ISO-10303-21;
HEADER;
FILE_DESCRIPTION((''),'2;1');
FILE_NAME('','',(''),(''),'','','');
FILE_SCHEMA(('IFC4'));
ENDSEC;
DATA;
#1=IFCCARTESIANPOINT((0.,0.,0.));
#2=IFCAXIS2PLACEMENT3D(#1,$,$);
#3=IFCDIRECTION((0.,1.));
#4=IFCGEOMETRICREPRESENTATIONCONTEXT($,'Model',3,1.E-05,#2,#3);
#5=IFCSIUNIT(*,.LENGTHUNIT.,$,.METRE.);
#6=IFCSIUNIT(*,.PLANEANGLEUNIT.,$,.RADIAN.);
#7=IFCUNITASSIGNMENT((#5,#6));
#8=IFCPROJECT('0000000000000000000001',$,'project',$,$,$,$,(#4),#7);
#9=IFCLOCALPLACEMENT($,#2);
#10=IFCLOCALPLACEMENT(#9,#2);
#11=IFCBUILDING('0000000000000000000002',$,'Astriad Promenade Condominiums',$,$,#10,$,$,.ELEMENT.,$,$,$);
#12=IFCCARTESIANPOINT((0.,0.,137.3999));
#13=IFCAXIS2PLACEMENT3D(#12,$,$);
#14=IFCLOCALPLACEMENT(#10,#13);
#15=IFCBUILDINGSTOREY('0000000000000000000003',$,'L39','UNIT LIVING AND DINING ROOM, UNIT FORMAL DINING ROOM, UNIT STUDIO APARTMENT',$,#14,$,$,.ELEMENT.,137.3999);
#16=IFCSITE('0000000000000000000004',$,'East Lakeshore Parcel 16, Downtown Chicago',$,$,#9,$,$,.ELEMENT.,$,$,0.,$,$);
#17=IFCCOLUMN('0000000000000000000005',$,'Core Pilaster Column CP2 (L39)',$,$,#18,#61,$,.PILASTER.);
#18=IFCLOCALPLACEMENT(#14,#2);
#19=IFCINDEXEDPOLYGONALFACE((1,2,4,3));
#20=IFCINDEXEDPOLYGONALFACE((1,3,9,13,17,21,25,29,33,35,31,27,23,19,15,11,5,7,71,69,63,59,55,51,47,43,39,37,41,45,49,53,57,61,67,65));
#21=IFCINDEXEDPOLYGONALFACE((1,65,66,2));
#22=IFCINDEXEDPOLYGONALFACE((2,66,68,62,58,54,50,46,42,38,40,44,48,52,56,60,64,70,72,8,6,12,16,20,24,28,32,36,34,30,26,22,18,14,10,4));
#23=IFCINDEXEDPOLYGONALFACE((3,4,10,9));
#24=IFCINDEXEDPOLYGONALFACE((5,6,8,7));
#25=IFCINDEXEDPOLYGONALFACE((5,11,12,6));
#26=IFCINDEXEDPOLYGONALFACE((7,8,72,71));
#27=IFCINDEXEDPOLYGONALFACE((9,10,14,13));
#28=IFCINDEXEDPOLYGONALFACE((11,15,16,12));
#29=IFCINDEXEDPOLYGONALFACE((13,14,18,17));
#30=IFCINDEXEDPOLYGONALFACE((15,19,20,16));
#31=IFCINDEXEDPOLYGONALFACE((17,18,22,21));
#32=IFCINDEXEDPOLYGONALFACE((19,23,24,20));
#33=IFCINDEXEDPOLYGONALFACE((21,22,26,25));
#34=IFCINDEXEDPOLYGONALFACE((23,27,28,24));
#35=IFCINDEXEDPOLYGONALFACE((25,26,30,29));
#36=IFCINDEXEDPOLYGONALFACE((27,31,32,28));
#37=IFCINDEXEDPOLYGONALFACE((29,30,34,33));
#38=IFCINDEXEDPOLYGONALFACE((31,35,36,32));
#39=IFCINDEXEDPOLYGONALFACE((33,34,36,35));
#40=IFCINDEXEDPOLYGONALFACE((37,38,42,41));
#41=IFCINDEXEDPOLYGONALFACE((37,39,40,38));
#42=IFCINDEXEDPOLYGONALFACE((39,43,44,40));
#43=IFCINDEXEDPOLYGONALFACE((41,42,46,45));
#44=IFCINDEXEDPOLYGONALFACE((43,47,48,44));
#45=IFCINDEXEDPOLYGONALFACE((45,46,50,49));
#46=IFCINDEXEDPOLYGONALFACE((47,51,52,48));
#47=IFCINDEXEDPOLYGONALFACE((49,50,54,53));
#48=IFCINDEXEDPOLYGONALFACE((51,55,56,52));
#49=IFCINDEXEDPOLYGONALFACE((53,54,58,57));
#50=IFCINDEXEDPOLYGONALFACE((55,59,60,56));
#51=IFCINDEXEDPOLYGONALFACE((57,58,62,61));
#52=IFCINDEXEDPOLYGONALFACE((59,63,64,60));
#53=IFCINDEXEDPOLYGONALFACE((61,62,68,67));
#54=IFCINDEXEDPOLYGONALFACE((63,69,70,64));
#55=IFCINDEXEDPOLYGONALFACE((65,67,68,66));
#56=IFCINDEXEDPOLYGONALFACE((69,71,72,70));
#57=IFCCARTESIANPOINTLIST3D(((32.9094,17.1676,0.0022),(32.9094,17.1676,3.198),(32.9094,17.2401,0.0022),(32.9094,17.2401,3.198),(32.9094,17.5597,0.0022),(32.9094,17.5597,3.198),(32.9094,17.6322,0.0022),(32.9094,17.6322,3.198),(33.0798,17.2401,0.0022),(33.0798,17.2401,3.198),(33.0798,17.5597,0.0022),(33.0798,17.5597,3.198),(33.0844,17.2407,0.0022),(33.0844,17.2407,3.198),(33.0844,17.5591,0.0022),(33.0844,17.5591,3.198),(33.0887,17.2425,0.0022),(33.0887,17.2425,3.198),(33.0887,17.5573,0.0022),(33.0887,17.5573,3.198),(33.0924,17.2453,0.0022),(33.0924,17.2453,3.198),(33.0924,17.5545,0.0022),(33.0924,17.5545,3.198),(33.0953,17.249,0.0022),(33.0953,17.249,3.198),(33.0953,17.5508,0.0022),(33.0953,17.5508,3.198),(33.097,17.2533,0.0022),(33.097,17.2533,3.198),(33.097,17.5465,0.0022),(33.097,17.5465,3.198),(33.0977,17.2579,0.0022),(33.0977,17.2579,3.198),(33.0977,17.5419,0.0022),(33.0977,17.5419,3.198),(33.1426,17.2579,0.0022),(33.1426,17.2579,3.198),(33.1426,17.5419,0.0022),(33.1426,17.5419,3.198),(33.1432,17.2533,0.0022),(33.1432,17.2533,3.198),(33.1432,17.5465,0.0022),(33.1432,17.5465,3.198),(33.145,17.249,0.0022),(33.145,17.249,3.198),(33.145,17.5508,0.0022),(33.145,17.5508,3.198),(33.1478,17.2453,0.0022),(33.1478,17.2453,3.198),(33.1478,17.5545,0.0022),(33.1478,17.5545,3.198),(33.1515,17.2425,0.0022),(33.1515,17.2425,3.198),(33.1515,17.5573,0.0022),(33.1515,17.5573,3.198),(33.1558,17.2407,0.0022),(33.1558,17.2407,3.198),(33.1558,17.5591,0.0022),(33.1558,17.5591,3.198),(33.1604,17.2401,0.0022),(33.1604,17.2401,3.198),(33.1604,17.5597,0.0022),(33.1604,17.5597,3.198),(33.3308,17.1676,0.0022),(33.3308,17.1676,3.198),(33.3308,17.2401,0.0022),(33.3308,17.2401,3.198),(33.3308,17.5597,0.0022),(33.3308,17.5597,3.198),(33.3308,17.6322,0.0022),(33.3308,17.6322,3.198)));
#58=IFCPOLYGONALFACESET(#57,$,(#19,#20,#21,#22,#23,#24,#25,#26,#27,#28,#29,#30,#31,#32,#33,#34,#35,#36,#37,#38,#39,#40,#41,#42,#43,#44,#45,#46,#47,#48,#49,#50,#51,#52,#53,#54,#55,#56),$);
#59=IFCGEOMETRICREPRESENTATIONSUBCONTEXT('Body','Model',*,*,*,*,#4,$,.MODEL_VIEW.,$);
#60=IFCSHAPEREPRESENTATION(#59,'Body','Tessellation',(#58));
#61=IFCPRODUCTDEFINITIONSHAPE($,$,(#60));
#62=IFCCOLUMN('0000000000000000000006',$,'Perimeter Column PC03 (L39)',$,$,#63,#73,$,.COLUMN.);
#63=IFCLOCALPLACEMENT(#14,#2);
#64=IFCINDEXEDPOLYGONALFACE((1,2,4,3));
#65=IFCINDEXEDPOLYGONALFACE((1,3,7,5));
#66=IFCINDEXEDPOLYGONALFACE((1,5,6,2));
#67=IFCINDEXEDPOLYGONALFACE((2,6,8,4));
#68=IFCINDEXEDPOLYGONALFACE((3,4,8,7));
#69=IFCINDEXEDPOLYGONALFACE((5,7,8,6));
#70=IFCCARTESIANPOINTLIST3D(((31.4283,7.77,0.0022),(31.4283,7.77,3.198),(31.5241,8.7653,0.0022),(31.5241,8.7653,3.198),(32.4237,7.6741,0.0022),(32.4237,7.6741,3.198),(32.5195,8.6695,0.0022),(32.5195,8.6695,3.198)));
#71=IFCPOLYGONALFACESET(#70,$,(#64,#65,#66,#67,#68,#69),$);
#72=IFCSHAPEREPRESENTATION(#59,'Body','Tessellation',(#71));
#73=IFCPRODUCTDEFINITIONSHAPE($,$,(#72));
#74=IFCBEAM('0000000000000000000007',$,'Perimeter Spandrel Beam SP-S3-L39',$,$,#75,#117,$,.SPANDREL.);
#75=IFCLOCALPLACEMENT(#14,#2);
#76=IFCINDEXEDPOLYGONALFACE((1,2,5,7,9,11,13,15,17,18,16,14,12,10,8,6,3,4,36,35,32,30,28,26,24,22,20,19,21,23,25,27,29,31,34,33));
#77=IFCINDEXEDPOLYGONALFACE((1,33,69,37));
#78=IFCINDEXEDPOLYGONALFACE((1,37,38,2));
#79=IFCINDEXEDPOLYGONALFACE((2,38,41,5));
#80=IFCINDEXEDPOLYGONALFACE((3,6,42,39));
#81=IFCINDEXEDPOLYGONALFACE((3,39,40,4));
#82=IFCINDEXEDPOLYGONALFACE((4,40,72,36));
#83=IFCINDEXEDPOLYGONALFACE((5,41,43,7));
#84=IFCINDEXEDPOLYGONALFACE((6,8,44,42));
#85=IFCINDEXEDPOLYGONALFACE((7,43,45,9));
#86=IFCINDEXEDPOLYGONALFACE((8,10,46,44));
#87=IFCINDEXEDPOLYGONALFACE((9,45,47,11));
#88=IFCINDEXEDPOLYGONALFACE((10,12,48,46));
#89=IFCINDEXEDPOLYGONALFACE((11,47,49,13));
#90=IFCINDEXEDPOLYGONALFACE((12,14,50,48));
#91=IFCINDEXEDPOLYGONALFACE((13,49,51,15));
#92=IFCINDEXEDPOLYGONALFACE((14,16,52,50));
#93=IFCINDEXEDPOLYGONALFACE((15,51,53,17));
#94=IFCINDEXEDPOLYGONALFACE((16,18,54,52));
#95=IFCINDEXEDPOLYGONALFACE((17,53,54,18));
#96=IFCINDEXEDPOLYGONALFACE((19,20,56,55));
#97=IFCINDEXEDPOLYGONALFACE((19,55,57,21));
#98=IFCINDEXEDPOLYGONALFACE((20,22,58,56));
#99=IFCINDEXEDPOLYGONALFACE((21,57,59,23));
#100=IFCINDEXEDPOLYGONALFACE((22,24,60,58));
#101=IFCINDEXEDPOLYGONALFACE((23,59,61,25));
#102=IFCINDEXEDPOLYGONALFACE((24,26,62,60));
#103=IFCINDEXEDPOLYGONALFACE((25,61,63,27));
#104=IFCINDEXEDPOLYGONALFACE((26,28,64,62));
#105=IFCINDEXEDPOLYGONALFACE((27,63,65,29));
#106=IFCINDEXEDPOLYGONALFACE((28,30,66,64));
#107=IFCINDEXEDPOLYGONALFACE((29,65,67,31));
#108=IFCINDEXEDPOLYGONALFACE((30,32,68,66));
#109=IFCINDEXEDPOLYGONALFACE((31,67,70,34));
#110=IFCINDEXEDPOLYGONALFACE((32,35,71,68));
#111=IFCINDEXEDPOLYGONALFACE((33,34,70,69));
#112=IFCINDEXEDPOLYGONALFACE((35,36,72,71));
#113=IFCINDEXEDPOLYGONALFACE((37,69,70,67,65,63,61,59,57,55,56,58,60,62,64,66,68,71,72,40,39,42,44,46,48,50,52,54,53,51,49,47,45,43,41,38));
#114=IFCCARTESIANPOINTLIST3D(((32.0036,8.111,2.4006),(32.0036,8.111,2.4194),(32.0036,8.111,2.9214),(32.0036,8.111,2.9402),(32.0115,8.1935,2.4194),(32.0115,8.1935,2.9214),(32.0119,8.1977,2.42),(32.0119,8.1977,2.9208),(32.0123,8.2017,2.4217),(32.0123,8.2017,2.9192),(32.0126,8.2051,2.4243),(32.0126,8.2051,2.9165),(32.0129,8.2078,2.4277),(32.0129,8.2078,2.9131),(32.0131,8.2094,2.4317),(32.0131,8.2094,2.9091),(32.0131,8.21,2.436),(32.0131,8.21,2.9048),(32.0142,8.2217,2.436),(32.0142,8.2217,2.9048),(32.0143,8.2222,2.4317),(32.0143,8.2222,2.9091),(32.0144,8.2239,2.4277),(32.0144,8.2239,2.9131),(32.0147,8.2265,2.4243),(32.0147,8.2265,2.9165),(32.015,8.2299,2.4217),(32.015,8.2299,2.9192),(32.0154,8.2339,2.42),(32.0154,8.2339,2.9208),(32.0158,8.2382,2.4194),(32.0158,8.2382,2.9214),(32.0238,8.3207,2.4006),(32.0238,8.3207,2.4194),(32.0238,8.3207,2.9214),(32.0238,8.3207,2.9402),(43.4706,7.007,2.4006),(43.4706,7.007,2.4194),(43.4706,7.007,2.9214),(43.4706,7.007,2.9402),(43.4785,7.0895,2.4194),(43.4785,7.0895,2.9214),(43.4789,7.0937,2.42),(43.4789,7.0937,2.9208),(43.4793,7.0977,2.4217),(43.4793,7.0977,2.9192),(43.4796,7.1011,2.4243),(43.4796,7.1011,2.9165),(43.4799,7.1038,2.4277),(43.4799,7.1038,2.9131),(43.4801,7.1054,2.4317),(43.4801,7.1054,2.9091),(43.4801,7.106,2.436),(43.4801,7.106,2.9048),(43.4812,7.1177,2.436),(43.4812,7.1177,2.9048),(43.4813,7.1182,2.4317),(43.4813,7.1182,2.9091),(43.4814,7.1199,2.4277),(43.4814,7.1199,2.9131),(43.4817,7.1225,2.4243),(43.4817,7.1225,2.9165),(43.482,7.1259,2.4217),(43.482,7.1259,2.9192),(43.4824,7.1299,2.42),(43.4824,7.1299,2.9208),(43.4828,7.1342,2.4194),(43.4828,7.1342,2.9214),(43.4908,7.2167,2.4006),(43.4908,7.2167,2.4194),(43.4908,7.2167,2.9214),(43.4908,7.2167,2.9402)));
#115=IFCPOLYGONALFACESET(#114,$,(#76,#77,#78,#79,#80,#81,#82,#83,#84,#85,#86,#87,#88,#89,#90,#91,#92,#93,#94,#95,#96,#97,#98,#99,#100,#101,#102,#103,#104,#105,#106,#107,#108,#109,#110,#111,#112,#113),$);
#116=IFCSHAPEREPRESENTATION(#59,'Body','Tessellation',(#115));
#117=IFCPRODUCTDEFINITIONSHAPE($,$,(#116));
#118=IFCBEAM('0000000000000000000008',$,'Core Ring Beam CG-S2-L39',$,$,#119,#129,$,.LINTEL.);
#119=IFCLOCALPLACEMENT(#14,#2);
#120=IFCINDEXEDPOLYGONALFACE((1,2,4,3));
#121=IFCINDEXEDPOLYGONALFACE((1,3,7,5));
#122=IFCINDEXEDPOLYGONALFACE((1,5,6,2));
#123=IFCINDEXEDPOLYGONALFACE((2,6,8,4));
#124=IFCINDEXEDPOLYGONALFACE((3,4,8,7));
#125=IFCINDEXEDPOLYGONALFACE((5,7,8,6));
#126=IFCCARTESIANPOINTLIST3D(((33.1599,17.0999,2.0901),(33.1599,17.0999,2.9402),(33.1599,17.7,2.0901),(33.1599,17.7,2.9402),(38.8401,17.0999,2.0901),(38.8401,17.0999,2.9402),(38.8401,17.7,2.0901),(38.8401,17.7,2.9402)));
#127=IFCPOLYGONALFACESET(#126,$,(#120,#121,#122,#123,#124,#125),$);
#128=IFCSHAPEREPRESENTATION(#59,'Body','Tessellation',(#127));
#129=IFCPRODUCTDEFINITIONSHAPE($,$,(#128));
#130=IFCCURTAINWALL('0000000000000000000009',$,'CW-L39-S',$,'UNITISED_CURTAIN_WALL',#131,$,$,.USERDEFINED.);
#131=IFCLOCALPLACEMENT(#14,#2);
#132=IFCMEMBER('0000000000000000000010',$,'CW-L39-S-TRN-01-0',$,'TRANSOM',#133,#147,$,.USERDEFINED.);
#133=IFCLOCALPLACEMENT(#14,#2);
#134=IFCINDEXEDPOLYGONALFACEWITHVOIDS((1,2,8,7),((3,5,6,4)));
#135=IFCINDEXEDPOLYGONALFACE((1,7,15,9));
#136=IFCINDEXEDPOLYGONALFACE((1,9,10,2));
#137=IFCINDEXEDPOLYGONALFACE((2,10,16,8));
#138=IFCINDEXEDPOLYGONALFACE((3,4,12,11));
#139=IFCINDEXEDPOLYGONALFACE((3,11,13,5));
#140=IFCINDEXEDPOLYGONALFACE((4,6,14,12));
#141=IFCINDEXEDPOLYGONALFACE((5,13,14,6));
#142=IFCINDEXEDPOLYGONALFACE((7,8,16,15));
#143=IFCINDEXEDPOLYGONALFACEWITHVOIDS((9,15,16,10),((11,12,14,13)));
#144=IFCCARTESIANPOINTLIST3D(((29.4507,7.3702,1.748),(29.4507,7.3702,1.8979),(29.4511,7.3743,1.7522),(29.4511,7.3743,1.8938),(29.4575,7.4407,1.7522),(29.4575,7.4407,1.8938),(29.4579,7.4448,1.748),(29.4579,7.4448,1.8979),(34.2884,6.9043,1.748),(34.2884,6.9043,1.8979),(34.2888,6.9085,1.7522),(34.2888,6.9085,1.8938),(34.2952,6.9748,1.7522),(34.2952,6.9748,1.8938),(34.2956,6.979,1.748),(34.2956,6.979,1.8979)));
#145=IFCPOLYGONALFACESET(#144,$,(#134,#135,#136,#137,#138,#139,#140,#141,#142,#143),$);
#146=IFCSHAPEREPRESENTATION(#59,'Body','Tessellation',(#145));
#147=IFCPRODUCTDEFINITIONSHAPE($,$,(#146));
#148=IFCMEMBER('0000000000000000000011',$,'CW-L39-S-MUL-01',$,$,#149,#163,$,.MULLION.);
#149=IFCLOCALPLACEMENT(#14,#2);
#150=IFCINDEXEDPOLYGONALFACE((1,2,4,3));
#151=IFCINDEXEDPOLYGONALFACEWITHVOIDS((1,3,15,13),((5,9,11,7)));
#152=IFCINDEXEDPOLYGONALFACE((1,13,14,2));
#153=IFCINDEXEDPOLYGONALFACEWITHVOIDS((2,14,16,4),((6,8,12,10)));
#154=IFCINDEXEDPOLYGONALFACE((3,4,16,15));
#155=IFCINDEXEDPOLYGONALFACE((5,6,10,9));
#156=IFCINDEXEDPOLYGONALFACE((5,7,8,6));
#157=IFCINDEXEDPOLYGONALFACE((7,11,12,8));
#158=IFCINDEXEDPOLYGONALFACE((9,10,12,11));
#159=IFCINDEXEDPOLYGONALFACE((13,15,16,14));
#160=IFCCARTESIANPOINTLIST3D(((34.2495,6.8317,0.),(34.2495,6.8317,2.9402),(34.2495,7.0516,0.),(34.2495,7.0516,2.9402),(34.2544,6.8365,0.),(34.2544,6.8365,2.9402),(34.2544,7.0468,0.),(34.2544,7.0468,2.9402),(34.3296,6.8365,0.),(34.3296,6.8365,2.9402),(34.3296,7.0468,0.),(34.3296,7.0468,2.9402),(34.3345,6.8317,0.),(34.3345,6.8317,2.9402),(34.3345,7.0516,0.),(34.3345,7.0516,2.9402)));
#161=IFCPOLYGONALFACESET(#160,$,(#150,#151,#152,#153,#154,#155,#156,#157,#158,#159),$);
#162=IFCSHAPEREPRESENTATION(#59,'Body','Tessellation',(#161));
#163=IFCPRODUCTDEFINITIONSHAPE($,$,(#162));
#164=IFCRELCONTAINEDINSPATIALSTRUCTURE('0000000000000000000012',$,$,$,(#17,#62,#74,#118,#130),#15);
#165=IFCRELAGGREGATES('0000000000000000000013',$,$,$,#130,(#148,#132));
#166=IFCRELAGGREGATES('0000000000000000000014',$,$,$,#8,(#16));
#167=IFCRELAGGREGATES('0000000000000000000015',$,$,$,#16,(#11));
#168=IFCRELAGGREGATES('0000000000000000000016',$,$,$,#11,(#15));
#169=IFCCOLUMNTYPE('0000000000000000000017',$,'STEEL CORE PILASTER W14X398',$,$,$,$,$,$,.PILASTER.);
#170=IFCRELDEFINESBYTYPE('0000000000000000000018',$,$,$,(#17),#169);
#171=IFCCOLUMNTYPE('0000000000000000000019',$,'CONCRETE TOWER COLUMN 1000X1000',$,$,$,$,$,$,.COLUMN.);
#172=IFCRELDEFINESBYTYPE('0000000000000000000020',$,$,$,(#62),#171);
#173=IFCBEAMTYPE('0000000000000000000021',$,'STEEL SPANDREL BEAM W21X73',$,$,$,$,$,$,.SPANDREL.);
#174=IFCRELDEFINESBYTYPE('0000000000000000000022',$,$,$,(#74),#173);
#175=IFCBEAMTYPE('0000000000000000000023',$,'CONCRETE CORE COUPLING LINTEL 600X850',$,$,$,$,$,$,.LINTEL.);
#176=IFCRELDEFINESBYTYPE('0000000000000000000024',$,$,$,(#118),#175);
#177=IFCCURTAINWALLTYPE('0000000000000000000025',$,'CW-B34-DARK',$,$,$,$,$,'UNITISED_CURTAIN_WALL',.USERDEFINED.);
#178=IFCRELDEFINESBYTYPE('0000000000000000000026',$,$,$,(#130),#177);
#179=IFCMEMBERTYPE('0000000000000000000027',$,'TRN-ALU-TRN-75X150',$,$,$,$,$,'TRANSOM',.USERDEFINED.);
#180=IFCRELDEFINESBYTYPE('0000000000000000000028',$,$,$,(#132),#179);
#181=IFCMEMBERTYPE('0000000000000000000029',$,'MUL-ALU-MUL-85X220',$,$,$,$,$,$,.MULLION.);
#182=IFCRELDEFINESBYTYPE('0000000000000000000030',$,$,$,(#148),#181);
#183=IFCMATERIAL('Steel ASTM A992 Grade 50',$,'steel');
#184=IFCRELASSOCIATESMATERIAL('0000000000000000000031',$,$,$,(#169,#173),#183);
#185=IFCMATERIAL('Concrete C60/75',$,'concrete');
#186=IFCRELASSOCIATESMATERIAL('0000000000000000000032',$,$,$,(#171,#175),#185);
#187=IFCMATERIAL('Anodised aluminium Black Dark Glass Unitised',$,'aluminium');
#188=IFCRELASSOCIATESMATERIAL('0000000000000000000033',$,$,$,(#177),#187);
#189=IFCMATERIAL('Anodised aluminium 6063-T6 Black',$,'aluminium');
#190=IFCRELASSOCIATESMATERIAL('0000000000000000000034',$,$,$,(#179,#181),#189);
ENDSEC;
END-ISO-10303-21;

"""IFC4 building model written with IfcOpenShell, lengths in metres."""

from ifc_helpers import new_model, si_unit, direction, frame, origin, origin_2d, place, context, subcontext, project, spatial, rectangle, hollow_rectangle, i_section, extrude, source, transform, mapped, material, material_profile, profile_set, type_object, type_shapes, element, aggregate, save


model = new_model("IFC4")

# Units and contexts
model_context = context("Model", 3, precision=1e-05, world=origin(), true_north=direction((0.0, 1.0)))
body_context = subcontext(model_context, "Body", "Model", "MODEL_VIEW")
ifc_project = project(units=[si_unit("LENGTHUNIT", "METRE"), si_unit("PLANEANGLEUNIT", "RADIAN")], contexts=[model_context])

# Site, building, storey
site_placement = place(None, origin())
site = spatial("IfcSite", under=ifc_project, at=site_placement, Name="East Lakeshore Parcel 16, Downtown Chicago", CompositionType="ELEMENT", RefElevation=0.0)
building_placement = place(site_placement, origin())
building = spatial("IfcBuilding", under=site, at=building_placement, Name="Astriad Promenade Condominiums", CompositionType="ELEMENT")
storey_placement = place(building_placement, frame((0.0, 0.0, 137.3999)))
storey = spatial("IfcBuildingStorey", under=building, at=storey_placement, Name="L39", Description="UNIT LIVING AND DINING ROOM, UNIT FORMAL DINING ROOM, UNIT STUDIO APARTMENT", CompositionType="ELEMENT", Elevation=137.3999)

# Columns
ifc_material_1 = material(Name="Steel ASTM A992 Grade 50", Category="steel")
ifc_material_profile_1 = material_profile(ifc_material_1, i_section(OverallWidth=0.4214, OverallDepth=0.4646, WebThickness=0.0449, FlangeThickness=0.0725, FilletRadius=0.0178, at=origin_2d()), Name="W14X398")
ifc_profile_set_1 = profile_set([ifc_material_profile_1], Name="Steel ASTM A992 Grade 50")
column_type_1 = type_object("IfcColumnType", Name="STEEL CORE PILASTER W14X398", PredefinedType="PILASTER", material=ifc_profile_set_1)
shared_shape_1 = source(origin(), body_context, "Body", "SweptSolid", [
    extrude(i_section(OverallWidth=0.4214, OverallDepth=0.4646, WebThickness=0.0449, FlangeThickness=0.0725, FilletRadius=0.0178, at=origin_2d()), origin(), (0.0, 0.0, 1.0), 3.1958),
])
type_shapes(column_type_1, [shared_shape_1])
column_1_placement = place(storey_placement, frame((33.1201, 17.3999, 0.0022), z_axis=(0.0, 0.0, 1.0), x_axis=(1.0, 0.0, 0.0)))
element("IfcColumn", 1, at=column_1_placement, inside=storey, type_object=column_type_1, Name="Core Pilaster Column CP2 (L39)", PredefinedType="PILASTER", context=body_context, shape_type="MappedRepresentation", body=[
    mapped(shared_shape_1, transform((0.0, 0.0, 0.0), scale=1.0)),
])
ifc_material_2 = material(Name="Concrete C60/75", Category="concrete")
ifc_material_profile_2 = material_profile(ifc_material_2, rectangle(XDim=1.0, YDim=1.0, at=origin_2d()), Name="RC-COL-1000X1000")
ifc_profile_set_2 = profile_set([ifc_material_profile_2], Name="Concrete C60/75")
column_type_2 = type_object("IfcColumnType", Name="CONCRETE TOWER COLUMN 1000X1000", PredefinedType="COLUMN", material=ifc_profile_set_2)
shared_shape_2 = source(origin(), body_context, "Body", "SweptSolid", [
    extrude(rectangle(XDim=1.0, YDim=1.0, at=origin_2d()), origin(), (0.0, 0.0, 1.0), 3.1958),
])
type_shapes(column_type_2, [shared_shape_2])
column_2_placement = place(storey_placement, frame((31.9739, 8.2197, 0.0022), z_axis=(0.0, 0.0, 1.0), x_axis=(0.995396, -0.095846, 0.0)))
element("IfcColumn", 2, at=column_2_placement, inside=storey, type_object=column_type_2, Name="Perimeter Column PC03 (L39)", PredefinedType="COLUMN", context=body_context, shape_type="MappedRepresentation", body=[
    mapped(shared_shape_2, transform((0.0, 0.0, 0.0), scale=1.0)),
])

# Beams
ifc_material_profile_3 = material_profile(ifc_material_1, i_section(OverallWidth=0.2107, OverallDepth=0.5396, WebThickness=0.0117, FlangeThickness=0.0188, FilletRadius=0.0166, at=origin_2d()), Name="W21X73")
ifc_profile_set_3 = profile_set([ifc_material_profile_3], Name="Steel ASTM A992 Grade 50")
beam_type_1 = type_object("IfcBeamType", Name="STEEL SPANDREL BEAM W21X73", PredefinedType="SPANDREL", material=ifc_profile_set_3)
shared_shape_3 = source(origin(), body_context, "Body", "SweptSolid", [
    extrude(i_section(OverallWidth=0.2107, OverallDepth=0.5396, WebThickness=0.0117, FlangeThickness=0.0188, FilletRadius=0.0166, at=origin_2d()), origin(), (0.0, 0.0, 1.0), 11.52),
])
type_shapes(beam_type_1, [shared_shape_3])
beam_1_placement = place(storey_placement, frame((32.0137, 8.2158, 2.6704), z_axis=(0.995397, -0.095833, 0.0), x_axis=(0.095833, 0.995397, 0.0)))
element("IfcBeam", 3, at=beam_1_placement, inside=storey, type_object=beam_type_1, Name="Perimeter Spandrel Beam SP-S3-L39", PredefinedType="SPANDREL", context=body_context, shape_type="MappedRepresentation", body=[
    mapped(shared_shape_3, transform((0.0, 0.0, 0.0), scale=1.0)),
])
ifc_material_profile_4 = material_profile(ifc_material_2, rectangle(XDim=0.6001, YDim=0.8501, at=origin_2d()), Name="RC-BM-600X850")
ifc_profile_set_4 = profile_set([ifc_material_profile_4], Name="Concrete C60/75")
beam_type_2 = type_object("IfcBeamType", Name="CONCRETE CORE COUPLING LINTEL 600X850", PredefinedType="LINTEL", material=ifc_profile_set_4)
shared_shape_4 = source(origin(), body_context, "Body", "SweptSolid", [
    extrude(rectangle(XDim=0.6001, YDim=0.8501, at=origin_2d()), origin(), (0.0, 0.0, 1.0), 5.6802),
])
type_shapes(beam_type_2, [shared_shape_4])
beam_2_placement = place(storey_placement, frame((33.1599, 17.3999, 2.5151), z_axis=(1.0, 0.0, 0.0), x_axis=(0.0, 1.0, 0.0)))
element("IfcBeam", 4, at=beam_2_placement, inside=storey, type_object=beam_type_2, Name="Core Ring Beam CG-S2-L39", PredefinedType="LINTEL", context=body_context, shape_type="MappedRepresentation", body=[
    mapped(shared_shape_4, transform((0.0, 0.0, 0.0), scale=1.0)),
])

# Curtain wall, members
ifc_material_3 = material(Name="Anodised aluminium Black Dark Glass Unitised", Category="aluminium")
curtain_wall_type = type_object("IfcCurtainWallType", Name="CW-B34-DARK", ElementType="UNITISED_CURTAIN_WALL", PredefinedType="USERDEFINED", material=ifc_material_3)
curtain_wall_placement = place(storey_placement, origin())
curtain_wall = element("IfcCurtainWall", 5, at=curtain_wall_placement, inside=storey, type_object=curtain_wall_type, Name="CW-L39-S", ObjectType="UNITISED_CURTAIN_WALL", PredefinedType="USERDEFINED")
ifc_material_4 = material(Name="Anodised aluminium 6063-T6 Black", Category="aluminium")
ifc_material_profile_5 = material_profile(ifc_material_4, hollow_rectangle(XDim=0.075, YDim=0.1499, WallThickness=0.0042, at=origin_2d()), Name="ALU-TRN-75X150")
ifc_profile_set_5 = profile_set([ifc_material_profile_5], Name="Anodised aluminium 6063-T6 Black")
member_type_1 = type_object("IfcMemberType", Name="TRN-ALU-TRN-75X150", ElementType="TRANSOM", PredefinedType="USERDEFINED", material=ifc_profile_set_5)
shared_shape_5 = source(origin(), body_context, "Body", "SweptSolid", [
    extrude(hollow_rectangle(XDim=0.075, YDim=0.1499, WallThickness=0.0042, at=origin_2d()), origin(), (0.0, 0.0, 1.0), 4.8601),
])
type_shapes(member_type_1, [shared_shape_5])
member_1_placement = place(storey_placement, frame((34.292, 6.9417, 1.823), z_axis=(-0.995396, 0.095847, 0.0), x_axis=(-0.095847, -0.995396, 0.0)))
member_1 = element("IfcMember", 6, at=member_1_placement, type_object=member_type_1, Name="CW-L39-S-TRN-01-0", ObjectType="TRANSOM", PredefinedType="USERDEFINED", context=body_context, shape_type="MappedRepresentation", body=[
    mapped(shared_shape_5, transform((0.0, 0.0, 0.0), scale=1.0)),
])
ifc_material_profile_6 = material_profile(ifc_material_4, hollow_rectangle(XDim=0.085, YDim=0.22, WallThickness=0.0049, at=origin_2d()), Name="ALU-MUL-85X220")
ifc_profile_set_6 = profile_set([ifc_material_profile_6], Name="Anodised aluminium 6063-T6 Black")
member_type_2 = type_object("IfcMemberType", Name="MUL-ALU-MUL-85X220", PredefinedType="MULLION", material=ifc_profile_set_6)
shared_shape_6 = source(origin(), body_context, "Body", "SweptSolid", [
    extrude(hollow_rectangle(XDim=0.085, YDim=0.22, WallThickness=0.0049, at=origin_2d()), origin(), (0.0, 0.0, 1.0), 2.9402),
])
type_shapes(member_type_2, [shared_shape_6])
member_2_placement = place(storey_placement, frame((34.292, 6.9417, 0.0), z_axis=(0.0, 0.0, 1.0), x_axis=(1.0, 0.0, 0.0)))
member_2 = element("IfcMember", 7, at=member_2_placement, type_object=member_type_2, Name="CW-L39-S-MUL-01", PredefinedType="MULLION", context=body_context, shape_type="MappedRepresentation", body=[
    mapped(shared_shape_6, transform((0.0, 0.0, 0.0), scale=1.0)),
])
aggregate(curtain_wall, [member_2, member_1])

save(model, "model.ifc")
